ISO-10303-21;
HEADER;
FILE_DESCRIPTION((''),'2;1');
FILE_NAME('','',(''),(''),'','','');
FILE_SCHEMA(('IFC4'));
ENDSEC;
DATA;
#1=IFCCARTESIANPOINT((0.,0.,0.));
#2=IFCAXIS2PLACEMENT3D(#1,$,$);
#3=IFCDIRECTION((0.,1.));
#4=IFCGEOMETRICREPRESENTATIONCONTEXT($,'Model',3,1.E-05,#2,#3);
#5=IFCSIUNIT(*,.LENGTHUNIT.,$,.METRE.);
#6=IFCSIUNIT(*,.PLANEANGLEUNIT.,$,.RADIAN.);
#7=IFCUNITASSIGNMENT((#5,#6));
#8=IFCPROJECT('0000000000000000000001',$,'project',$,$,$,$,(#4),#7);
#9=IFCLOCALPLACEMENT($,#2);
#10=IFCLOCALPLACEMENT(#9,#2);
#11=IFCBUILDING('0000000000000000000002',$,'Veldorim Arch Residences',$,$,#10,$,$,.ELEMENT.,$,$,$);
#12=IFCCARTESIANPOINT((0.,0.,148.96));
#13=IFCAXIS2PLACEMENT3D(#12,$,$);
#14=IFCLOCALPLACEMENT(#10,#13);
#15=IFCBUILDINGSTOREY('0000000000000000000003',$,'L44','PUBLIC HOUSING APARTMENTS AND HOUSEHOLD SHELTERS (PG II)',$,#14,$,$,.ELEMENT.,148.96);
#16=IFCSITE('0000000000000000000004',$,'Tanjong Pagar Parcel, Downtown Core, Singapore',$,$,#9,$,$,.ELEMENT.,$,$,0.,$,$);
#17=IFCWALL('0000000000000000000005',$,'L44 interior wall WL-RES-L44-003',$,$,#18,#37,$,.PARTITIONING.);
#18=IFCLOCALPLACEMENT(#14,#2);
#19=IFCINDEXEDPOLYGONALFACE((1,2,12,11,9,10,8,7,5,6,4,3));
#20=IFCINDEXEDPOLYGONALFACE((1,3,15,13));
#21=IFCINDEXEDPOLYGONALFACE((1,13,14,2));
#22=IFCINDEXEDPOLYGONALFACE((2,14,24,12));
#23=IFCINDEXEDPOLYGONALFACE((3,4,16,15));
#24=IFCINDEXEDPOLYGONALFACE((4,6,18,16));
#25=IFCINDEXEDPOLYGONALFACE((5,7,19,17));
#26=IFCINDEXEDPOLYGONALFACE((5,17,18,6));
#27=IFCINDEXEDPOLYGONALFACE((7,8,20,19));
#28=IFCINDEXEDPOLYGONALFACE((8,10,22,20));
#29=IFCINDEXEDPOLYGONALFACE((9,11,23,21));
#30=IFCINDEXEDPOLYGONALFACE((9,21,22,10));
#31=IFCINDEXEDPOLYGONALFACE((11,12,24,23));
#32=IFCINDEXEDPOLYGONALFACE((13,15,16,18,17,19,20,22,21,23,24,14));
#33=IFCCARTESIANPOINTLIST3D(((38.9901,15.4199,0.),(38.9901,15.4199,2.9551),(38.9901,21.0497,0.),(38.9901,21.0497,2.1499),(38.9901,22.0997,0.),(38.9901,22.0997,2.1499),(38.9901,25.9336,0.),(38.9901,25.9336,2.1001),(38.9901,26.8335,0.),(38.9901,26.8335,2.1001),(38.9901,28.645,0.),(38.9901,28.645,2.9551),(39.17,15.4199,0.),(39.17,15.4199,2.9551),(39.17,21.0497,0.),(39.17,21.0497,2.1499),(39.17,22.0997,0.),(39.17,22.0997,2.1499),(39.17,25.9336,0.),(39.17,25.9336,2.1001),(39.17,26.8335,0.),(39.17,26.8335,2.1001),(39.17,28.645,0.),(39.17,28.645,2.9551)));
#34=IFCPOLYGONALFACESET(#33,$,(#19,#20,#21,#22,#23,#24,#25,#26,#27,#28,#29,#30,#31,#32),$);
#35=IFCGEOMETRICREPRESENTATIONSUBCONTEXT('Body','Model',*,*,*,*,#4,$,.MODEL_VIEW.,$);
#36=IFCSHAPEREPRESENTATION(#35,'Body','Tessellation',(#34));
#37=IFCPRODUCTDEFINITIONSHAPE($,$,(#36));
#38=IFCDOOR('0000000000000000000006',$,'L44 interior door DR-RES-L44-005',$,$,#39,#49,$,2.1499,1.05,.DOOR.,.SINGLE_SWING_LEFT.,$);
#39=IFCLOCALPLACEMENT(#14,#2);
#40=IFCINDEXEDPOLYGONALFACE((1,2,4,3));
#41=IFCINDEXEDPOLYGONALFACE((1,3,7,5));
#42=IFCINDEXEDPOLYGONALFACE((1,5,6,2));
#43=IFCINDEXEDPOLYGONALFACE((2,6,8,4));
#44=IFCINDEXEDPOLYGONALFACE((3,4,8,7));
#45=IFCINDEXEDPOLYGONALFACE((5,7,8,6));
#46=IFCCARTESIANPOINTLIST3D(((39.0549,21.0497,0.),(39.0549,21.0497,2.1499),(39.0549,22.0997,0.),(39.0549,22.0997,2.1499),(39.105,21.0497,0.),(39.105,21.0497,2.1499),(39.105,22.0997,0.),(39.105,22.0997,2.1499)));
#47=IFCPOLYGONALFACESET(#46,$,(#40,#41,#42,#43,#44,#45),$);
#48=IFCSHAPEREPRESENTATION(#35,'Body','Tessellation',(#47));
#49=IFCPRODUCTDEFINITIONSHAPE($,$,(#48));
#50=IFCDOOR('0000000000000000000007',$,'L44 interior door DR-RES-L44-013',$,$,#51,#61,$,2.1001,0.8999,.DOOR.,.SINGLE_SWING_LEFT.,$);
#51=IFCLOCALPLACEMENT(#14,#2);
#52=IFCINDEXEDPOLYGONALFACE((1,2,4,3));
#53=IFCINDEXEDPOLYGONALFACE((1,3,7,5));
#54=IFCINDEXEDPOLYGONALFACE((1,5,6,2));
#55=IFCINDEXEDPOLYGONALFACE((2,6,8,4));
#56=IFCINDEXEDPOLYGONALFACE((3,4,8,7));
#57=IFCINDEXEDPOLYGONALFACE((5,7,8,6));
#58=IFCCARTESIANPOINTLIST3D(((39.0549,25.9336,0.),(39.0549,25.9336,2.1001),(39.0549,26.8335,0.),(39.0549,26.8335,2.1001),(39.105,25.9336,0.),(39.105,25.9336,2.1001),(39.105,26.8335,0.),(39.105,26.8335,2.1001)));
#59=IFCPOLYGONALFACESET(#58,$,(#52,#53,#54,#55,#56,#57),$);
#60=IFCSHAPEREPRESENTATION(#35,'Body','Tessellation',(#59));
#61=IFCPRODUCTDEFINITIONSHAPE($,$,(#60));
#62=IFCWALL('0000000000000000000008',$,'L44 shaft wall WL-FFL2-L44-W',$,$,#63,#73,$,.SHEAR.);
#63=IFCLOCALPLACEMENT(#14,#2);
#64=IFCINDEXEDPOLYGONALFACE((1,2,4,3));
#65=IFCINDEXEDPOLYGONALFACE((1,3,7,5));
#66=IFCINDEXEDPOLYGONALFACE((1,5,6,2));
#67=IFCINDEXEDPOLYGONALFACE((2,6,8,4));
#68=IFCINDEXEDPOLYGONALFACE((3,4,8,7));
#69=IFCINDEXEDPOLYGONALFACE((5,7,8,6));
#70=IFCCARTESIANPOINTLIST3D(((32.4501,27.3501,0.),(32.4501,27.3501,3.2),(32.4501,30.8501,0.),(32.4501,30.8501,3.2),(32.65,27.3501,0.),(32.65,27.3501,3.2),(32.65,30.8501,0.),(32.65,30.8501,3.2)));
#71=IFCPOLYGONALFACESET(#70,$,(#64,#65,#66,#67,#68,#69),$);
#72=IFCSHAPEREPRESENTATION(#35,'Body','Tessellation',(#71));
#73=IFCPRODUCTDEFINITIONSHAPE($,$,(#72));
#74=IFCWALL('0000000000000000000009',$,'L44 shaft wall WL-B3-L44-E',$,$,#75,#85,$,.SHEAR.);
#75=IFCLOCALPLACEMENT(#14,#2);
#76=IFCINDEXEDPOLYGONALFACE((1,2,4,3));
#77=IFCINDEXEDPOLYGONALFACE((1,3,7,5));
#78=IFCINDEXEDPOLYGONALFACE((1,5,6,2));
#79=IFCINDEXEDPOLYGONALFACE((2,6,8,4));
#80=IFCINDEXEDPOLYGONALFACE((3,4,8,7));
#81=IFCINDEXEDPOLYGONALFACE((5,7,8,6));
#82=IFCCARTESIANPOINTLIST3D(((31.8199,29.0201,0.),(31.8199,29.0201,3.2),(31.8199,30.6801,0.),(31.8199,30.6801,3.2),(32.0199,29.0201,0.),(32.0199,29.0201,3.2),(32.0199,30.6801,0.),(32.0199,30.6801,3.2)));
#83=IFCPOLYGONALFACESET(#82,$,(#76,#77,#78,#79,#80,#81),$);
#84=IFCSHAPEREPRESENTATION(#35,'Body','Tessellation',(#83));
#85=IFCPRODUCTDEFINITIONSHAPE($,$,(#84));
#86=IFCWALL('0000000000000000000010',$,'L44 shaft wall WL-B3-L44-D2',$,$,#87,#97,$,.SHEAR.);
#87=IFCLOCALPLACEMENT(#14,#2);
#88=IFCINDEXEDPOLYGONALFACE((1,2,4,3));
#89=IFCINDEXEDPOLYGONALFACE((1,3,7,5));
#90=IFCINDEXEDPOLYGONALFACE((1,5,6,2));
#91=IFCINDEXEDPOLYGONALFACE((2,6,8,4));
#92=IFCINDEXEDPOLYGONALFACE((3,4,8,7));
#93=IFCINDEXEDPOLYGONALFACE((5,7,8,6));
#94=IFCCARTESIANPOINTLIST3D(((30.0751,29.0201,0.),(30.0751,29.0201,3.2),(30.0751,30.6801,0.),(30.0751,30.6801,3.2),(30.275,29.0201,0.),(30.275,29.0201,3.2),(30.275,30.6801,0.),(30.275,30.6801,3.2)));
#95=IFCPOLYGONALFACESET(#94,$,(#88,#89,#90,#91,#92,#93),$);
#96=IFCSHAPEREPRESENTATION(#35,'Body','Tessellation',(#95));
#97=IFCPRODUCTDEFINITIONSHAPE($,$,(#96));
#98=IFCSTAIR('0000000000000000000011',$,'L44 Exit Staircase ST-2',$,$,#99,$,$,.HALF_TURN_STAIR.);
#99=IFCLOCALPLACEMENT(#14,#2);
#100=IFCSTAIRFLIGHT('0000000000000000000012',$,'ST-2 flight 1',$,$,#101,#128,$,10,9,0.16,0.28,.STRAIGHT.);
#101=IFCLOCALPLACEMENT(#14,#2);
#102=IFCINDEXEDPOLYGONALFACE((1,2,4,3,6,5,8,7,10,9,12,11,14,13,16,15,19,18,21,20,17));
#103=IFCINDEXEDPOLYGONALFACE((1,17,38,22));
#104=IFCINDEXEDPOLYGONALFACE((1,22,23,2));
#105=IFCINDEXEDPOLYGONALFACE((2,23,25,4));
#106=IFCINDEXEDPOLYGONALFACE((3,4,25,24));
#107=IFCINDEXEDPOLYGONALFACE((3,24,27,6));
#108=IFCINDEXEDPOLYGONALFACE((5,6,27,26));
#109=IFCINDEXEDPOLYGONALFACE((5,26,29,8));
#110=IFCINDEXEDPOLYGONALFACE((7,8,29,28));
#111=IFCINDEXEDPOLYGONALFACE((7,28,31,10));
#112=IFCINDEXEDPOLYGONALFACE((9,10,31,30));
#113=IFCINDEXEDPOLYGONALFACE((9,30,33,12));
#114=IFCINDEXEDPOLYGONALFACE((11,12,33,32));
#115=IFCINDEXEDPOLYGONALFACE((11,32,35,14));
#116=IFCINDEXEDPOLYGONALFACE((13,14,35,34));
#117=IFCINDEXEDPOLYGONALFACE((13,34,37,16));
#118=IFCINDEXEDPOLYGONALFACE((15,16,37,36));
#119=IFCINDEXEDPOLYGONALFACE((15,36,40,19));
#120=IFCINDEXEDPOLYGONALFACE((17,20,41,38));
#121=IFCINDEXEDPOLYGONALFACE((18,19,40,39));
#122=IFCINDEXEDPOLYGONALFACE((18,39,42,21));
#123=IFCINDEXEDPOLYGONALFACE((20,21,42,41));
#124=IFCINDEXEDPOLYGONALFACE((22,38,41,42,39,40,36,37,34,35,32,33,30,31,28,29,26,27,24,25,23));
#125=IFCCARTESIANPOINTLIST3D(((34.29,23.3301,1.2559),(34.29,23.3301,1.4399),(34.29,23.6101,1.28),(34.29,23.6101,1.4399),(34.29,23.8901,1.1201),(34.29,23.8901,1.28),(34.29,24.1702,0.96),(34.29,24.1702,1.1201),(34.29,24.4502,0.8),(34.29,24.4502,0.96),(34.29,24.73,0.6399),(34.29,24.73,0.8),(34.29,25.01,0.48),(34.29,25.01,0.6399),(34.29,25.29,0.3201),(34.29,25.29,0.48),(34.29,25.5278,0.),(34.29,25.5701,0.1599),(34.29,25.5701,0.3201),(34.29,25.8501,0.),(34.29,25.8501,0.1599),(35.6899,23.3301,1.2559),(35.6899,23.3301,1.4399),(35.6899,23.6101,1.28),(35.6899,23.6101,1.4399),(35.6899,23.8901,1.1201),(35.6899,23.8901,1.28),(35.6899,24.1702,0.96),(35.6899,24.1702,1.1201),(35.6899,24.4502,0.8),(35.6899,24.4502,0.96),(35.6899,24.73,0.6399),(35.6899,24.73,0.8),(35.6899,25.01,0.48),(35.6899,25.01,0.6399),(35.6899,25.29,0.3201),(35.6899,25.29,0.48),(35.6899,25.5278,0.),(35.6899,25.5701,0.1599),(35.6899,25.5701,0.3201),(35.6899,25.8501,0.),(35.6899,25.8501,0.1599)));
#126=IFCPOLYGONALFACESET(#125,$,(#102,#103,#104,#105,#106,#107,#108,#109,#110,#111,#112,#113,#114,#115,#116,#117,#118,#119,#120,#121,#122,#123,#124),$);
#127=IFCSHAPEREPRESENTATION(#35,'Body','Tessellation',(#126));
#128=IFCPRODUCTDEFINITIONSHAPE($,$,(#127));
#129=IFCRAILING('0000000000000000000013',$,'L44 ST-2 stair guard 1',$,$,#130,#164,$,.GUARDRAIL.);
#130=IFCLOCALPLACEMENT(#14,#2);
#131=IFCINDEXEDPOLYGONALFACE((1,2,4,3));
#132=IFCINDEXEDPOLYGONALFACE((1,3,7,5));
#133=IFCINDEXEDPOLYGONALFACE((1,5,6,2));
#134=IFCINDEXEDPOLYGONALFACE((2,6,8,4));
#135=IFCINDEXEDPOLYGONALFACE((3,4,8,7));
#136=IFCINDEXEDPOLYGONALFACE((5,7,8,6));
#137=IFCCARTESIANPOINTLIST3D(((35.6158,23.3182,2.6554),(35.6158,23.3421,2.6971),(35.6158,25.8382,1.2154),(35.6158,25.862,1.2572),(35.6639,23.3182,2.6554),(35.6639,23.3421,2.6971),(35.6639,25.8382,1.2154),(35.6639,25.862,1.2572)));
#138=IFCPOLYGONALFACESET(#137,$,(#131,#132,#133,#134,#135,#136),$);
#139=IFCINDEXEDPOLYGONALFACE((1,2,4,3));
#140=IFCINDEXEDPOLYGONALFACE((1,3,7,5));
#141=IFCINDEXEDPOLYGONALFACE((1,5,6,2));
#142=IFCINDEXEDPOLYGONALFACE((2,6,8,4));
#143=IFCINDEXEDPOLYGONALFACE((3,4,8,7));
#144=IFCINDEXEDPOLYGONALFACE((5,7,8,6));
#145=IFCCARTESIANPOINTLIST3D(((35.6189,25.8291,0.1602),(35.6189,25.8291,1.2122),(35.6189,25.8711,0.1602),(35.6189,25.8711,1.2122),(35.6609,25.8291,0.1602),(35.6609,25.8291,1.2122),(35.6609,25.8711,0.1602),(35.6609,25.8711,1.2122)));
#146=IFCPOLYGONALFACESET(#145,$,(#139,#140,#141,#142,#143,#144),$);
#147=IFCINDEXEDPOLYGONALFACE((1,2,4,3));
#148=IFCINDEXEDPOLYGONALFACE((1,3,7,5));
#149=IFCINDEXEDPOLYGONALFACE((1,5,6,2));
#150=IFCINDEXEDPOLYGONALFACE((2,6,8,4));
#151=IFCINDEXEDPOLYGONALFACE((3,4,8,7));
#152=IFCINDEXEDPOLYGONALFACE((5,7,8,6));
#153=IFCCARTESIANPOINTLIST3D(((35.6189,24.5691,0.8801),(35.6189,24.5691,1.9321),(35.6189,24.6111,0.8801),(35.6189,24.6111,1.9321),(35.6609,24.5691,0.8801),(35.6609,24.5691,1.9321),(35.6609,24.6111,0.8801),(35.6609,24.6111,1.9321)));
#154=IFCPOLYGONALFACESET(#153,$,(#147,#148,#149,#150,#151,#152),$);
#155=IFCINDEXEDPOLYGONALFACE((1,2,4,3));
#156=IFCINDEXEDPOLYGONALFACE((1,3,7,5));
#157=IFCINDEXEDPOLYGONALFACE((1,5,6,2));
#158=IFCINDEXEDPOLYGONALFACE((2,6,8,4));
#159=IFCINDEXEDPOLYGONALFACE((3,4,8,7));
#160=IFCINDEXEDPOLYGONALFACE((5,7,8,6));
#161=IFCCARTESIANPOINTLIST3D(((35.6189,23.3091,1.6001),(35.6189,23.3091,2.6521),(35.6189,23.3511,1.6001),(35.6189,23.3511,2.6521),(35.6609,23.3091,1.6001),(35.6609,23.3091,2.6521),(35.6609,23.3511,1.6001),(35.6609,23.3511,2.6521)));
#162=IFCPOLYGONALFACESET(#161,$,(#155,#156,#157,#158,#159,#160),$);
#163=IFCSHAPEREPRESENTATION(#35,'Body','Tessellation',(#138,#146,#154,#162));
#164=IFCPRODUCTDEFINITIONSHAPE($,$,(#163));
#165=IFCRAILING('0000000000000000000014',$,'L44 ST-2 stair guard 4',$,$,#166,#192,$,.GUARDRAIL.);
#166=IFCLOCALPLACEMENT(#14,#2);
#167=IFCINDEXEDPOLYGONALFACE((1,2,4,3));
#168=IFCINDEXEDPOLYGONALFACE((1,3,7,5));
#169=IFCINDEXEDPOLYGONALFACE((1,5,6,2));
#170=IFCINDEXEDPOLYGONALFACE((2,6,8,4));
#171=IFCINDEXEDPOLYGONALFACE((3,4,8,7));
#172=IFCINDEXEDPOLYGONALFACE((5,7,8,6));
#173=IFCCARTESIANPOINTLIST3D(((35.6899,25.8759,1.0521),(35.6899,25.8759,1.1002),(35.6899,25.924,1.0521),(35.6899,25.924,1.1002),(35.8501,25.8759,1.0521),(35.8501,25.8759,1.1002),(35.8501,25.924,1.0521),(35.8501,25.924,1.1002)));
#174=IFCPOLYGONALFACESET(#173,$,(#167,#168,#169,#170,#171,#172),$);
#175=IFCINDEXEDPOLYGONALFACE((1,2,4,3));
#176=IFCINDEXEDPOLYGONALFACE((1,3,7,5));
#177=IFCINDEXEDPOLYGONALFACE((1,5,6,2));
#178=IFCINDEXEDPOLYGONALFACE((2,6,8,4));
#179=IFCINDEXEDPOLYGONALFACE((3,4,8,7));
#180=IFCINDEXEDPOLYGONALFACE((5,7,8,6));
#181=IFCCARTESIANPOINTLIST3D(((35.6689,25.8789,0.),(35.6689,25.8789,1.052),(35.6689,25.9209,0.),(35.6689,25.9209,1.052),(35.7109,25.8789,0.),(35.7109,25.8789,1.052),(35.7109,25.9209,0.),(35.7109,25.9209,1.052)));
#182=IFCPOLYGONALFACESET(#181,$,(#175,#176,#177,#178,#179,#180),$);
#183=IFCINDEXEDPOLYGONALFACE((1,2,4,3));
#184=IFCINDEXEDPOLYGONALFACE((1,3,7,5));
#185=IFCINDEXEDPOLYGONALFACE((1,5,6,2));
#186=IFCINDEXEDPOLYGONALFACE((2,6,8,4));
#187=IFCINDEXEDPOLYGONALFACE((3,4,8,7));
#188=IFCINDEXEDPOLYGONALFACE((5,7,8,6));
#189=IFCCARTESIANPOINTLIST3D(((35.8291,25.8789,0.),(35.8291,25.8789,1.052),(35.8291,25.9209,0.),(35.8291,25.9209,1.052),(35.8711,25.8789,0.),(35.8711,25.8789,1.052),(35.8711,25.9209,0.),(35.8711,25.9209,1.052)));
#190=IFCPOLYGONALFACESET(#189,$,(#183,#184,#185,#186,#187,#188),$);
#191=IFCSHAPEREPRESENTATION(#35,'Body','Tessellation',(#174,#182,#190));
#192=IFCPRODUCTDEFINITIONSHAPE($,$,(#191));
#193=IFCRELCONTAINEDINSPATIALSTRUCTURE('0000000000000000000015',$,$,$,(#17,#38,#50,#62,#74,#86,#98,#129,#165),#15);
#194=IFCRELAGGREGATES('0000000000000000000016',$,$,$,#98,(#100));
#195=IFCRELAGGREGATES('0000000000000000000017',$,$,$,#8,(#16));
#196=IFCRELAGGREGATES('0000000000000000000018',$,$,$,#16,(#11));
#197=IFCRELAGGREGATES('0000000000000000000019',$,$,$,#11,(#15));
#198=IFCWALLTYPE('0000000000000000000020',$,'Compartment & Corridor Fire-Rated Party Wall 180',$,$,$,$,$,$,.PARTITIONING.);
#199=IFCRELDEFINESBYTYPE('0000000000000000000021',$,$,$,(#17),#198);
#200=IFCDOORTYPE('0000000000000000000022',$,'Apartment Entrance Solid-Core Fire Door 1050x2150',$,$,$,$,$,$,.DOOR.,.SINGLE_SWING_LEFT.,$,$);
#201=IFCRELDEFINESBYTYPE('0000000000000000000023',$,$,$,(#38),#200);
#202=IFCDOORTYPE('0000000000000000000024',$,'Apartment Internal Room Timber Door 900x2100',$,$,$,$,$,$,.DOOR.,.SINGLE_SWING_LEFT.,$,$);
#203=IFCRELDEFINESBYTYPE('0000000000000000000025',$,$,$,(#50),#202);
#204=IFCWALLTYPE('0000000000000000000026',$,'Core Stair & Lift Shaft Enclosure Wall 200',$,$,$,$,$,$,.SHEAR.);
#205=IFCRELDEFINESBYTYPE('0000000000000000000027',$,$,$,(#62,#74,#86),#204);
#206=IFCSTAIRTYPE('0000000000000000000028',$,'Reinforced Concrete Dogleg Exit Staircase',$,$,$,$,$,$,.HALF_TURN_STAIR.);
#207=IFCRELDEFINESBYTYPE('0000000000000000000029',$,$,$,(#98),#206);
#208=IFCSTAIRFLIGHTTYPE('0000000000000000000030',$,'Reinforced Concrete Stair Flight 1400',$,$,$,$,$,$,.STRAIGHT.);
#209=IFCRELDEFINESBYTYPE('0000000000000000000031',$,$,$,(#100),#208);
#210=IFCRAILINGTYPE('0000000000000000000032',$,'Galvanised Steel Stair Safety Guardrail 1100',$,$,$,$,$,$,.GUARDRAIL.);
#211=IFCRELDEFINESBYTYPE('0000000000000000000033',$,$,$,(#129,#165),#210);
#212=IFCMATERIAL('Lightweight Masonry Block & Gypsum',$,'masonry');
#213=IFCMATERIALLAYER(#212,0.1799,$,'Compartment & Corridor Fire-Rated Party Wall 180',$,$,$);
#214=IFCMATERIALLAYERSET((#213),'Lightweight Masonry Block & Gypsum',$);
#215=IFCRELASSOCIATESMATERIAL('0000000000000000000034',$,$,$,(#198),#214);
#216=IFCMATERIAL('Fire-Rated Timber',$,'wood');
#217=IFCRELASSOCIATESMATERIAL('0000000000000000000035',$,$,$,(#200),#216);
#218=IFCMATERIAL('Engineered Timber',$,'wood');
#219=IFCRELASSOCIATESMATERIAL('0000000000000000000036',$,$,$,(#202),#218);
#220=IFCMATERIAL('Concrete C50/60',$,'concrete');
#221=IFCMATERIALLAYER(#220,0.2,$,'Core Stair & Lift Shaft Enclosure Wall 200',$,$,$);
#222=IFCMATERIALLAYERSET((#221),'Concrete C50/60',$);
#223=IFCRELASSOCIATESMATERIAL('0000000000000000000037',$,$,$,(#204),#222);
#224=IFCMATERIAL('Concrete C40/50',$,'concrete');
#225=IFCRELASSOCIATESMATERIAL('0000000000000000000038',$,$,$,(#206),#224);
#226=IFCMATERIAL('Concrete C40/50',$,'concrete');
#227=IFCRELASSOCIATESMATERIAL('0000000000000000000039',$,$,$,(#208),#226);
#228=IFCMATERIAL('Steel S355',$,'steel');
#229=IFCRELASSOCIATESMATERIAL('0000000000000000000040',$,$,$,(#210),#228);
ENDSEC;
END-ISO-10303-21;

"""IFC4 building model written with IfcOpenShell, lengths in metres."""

from ifc_helpers import new_model, si_unit, direction, frame, frame_2d, origin, origin_2d, place, context, subcontext, project, spatial, polyline, rectangle, outline, extrude, material, layer, layer_set, type_object, element, fill, aggregate, save


model = new_model("IFC4")

# Units and contexts
model_context = context("Model", 3, precision=1e-05, world=origin(), true_north=direction((0.0, 1.0)))
body_context = subcontext(model_context, "Body", "Model", "MODEL_VIEW")
ifc_project = project(units=[si_unit("LENGTHUNIT", "METRE"), si_unit("PLANEANGLEUNIT", "RADIAN")], contexts=[model_context])

# Site, building, storey
site_placement = place(None, origin())
site = spatial("IfcSite", under=ifc_project, at=site_placement, Name="Tanjong Pagar Parcel, Downtown Core, Singapore", CompositionType="ELEMENT", RefElevation=0.0)
building_placement = place(site_placement, origin())
building = spatial("IfcBuilding", under=site, at=building_placement, Name="Veldorim Arch Residences", CompositionType="ELEMENT")
storey_placement = place(building_placement, frame((0.0, 0.0, 148.96)))
storey = spatial("IfcBuildingStorey", under=building, at=storey_placement, Name="L44", Description="PUBLIC HOUSING APARTMENTS AND HOUSEHOLD SHELTERS (PG II)", CompositionType="ELEMENT", Elevation=148.96)

# Wall, openings, doors
ifc_material_1 = material(Name="Lightweight Masonry Block & Gypsum", Category="masonry")
ifc_layer_1 = layer(ifc_material_1, 0.1799, Name="Compartment & Corridor Fire-Rated Party Wall 180")
ifc_layer_set_1 = layer_set([ifc_layer_1], Name="Lightweight Masonry Block & Gypsum")
wall_type_1 = type_object("IfcWallType", Name="Compartment & Corridor Fire-Rated Party Wall 180", PredefinedType="PARTITIONING", material=ifc_layer_set_1)
wall_1_placement = place(storey_placement, frame((39.0801, 28.645, 0.0), z_axis=(0.0, 0.0, 1.0), x_axis=(0.0, -1.0, 0.0)))
wall_1 = element("IfcWall", 1, at=wall_1_placement, inside=storey, type_object=wall_type_1, Name="L44 interior wall WL-RES-L44-003", PredefinedType="PARTITIONING", context=body_context, shape_type="SweptSolid", body=[
    extrude(rectangle(XDim=13.2251, YDim=0.1799, at=frame_2d((6.6125, 0.0))), origin(), (0.0, 0.0, 1.0), 2.9551),
])
opening_1_placement = place(wall_1_placement, frame((6.5454, 0.0, 0.0)))
opening_1 = element("IfcOpeningElement", 2, at=opening_1_placement, cuts=wall_1, PredefinedType="OPENING", context=body_context, shape_type="SweptSolid", body=[
    extrude(rectangle(XDim=1.05, YDim=2.1499, at=frame_2d((0.5249, 1.075))), frame((0.0, 0.0999, 0.0), z_axis=(0.0, -1.0, 0.0), x_axis=(1.0, 0.0, 0.0)), (0.0, 0.0, 1.0), 0.2),
])
opening_2_placement = place(wall_1_placement, frame((1.8115, 0.0, 0.0)))
opening_2 = element("IfcOpeningElement", 3, at=opening_2_placement, cuts=wall_1, PredefinedType="OPENING", context=body_context, shape_type="SweptSolid", body=[
    extrude(rectangle(XDim=0.8999, YDim=2.1001, at=frame_2d((0.45, 1.05))), frame((0.0, 0.0999, 0.0), z_axis=(0.0, -1.0, 0.0), x_axis=(1.0, 0.0, 0.0)), (0.0, 0.0, 1.0), 0.2),
])
ifc_material_2 = material(Name="Fire-Rated Timber", Category="wood")
door_type_1 = type_object("IfcDoorType", Name="Apartment Entrance Solid-Core Fire Door 1050x2150", OperationType="SINGLE_SWING_LEFT", PredefinedType="DOOR", material=ifc_material_2)
door_1_placement = place(opening_1_placement, origin())
door_1 = element("IfcDoor", 4, at=door_1_placement, inside=storey, type_object=door_type_1, Name="L44 interior door DR-RES-L44-005", OperationType="SINGLE_SWING_LEFT", OverallHeight=2.1499, OverallWidth=1.05, PredefinedType="DOOR", context=body_context, shape_type="SweptSolid", body=[
    extrude(rectangle(XDim=1.05, YDim=2.1499, at=frame_2d((0.5249, 1.075))), frame((0.0, 0.0249, 0.0), z_axis=(0.0, -1.0, 0.0), x_axis=(1.0, 0.0, 0.0)), (0.0, 0.0, 1.0), 0.05),
])
fill(opening_1, door_1)
ifc_material_3 = material(Name="Engineered Timber", Category="wood")
door_type_2 = type_object("IfcDoorType", Name="Apartment Internal Room Timber Door 900x2100", OperationType="SINGLE_SWING_LEFT", PredefinedType="DOOR", material=ifc_material_3)
door_2_placement = place(opening_2_placement, origin())
door_2 = element("IfcDoor", 5, at=door_2_placement, inside=storey, type_object=door_type_2, Name="L44 interior door DR-RES-L44-013", OperationType="SINGLE_SWING_LEFT", OverallHeight=2.1001, OverallWidth=0.8999, PredefinedType="DOOR", context=body_context, shape_type="SweptSolid", body=[
    extrude(rectangle(XDim=0.8999, YDim=2.1001, at=frame_2d((0.45, 1.05))), frame((0.0, 0.0249, 0.0), z_axis=(0.0, -1.0, 0.0), x_axis=(1.0, 0.0, 0.0)), (0.0, 0.0, 1.0), 0.05),
])
fill(opening_2, door_2)

# Shared definitions
ifc_material_4 = material(Name="Concrete C50/60", Category="concrete")
ifc_layer_2 = layer(ifc_material_4, 0.2, Name="Core Stair & Lift Shaft Enclosure Wall 200")
ifc_layer_set_2 = layer_set([ifc_layer_2], Name="Concrete C50/60")
wall_type_2 = type_object("IfcWallType", Name="Core Stair & Lift Shaft Enclosure Wall 200", PredefinedType="SHEAR", material=ifc_layer_set_2)

# Wall
wall_2_placement = place(storey_placement, frame((32.55, 27.3501, 0.0), z_axis=(0.0, 0.0, 1.0), x_axis=(0.0, 1.0, 0.0)))
element("IfcWall", 6, at=wall_2_placement, inside=storey, type_object=wall_type_2, Name="L44 shaft wall WL-FFL2-L44-W", PredefinedType="SHEAR", context=body_context, shape_type="SweptSolid", body=[
    extrude(rectangle(XDim=3.5, YDim=0.2, at=frame_2d((1.75, 0.0))), origin(), (0.0, 0.0, 1.0), 3.2),
])

# Walls
for number, where, z_axis, x_axis, name in (
    (7, (31.9199, 29.02, 0.0), (0.0, 0.0, 1.0), (0.0, 1.0, 0.0), "L44 shaft wall WL-B3-L44-E"),
    (8, (30.175, 29.02, 0.0), (0.0, 0.0, 1.0), (0.0, 1.0, 0.0), "L44 shaft wall WL-B3-L44-D2"),
):
    element("IfcWall", number, at=place(storey_placement, frame(where, z_axis=z_axis, x_axis=x_axis)), inside=storey, type_object=wall_type_2, Name=name, PredefinedType="SHEAR", context=body_context, shape_type="SweptSolid", body=[
        extrude(rectangle(XDim=1.6599, YDim=0.2, at=frame_2d((0.8301, 0.0))), origin(), (0.0, 0.0, 1.0), 3.2),
    ])

# Stair, stair flight
ifc_material_5 = material(Name="Concrete C40/50", Category="concrete")
stair_type = type_object("IfcStairType", Name="Reinforced Concrete Dogleg Exit Staircase", PredefinedType="HALF_TURN_STAIR", material=ifc_material_5)
stair_placement = place(storey_placement, origin())
stair = element("IfcStair", 9, at=stair_placement, inside=storey, type_object=stair_type, Name="L44 Exit Staircase ST-2", PredefinedType="HALF_TURN_STAIR")
ifc_material_6 = material(Name="Concrete C40/50", Category="concrete")
stair_flight_type = type_object("IfcStairFlightType", Name="Reinforced Concrete Stair Flight 1400", PredefinedType="STRAIGHT", material=ifc_material_6)
stair_flight_placement = place(storey_placement, frame((34.99, 25.8501, 0.0), z_axis=(0.0, 0.0, 1.0), x_axis=(0.0, -1.0, 0.0)))
stair_flight = element("IfcStairFlight", 10, at=stair_flight_placement, type_object=stair_flight_type, Name="ST-2 flight 1", NumberOfRisers=10, NumberOfTreads=9, PredefinedType="STRAIGHT", RiserHeight=0.16, TreadLength=0.28, context=body_context, shape_type="SweptSolid", body=[
    extrude(outline(polyline([(0.0, 0.0), (0.0, 0.1599), (0.28, 0.1599), (0.28, 0.3201), (0.5601, 0.3201), (0.5601, 0.48), (0.8401, 0.48), (0.8401, 0.6399), (1.1201, 0.6399), (1.1201, 0.8), (1.3999, 0.8), (1.3999, 0.96), (1.6799, 0.96), (1.6799, 1.1201), (1.96, 1.1201), (1.96, 1.28), (2.24, 1.28), (2.24, 1.4399), (2.52, 1.4399), (2.52, 1.6001), (2.52, 1.2559), (0.3223, 0.0), (0.0, 0.0)])), frame((0.0, 0.7, 0.0), z_axis=(0.0, -1.0, 0.0), x_axis=(1.0, 0.0, 0.0)), (0.0, 0.0, 1.0), 1.3999),
])
aggregate(stair, [stair_flight])

# Railings
ifc_material_7 = material(Name="Steel S355", Category="steel")
railing_type_1 = type_object("IfcRailingType", Name="Galvanised Steel Stair Safety Guardrail 1100", PredefinedType="GUARDRAIL", material=ifc_material_7)
railing_1_placement = place(storey_placement, frame((35.6399, 25.8501, 0.1602)))
element("IfcRailing", 11, at=railing_1_placement, inside=storey, type_object=railing_type_1, Name="L44 ST-2 stair guard 1", PredefinedType="GUARDRAIL", context=body_context, shape_type="SweptSolid", body=[
    extrude(rectangle(XDim=0.0481, YDim=0.0481, at=origin_2d()), frame((0.0, 0.0, 1.0762), z_axis=(0.0, -0.868253, 0.496121), x_axis=(1.0, 0.0, 0.0)), (0.0, 0.0, 1.0), 2.9023),
    extrude(rectangle(XDim=0.042, YDim=0.042, at=origin_2d()), origin(), (0.0, 0.0, 1.0), 1.052),
    extrude(rectangle(XDim=0.042, YDim=0.042, at=origin_2d()), frame((0.0, -1.26, 0.72)), (0.0, 0.0, 1.0), 1.052),
    extrude(rectangle(XDim=0.042, YDim=0.042, at=origin_2d()), frame((0.0, -2.52, 1.4399)), (0.0, 0.0, 1.0), 1.052),
])
railing_2_placement = place(storey_placement, frame((35.6899, 25.8999, 0.0)))
element("IfcRailing", 12, at=railing_2_placement, inside=storey, type_object=railing_type_1, Name="L44 ST-2 stair guard 4", PredefinedType="GUARDRAIL", context=body_context, shape_type="SweptSolid", body=[
    extrude(rectangle(XDim=0.0481, YDim=0.0481, at=origin_2d()), frame((0.0, 0.0, 1.0762), z_axis=(1.0, 0.0, 0.0), x_axis=(0.0, 1.0, 0.0)), (0.0, 0.0, 1.0), 0.1602),
    extrude(rectangle(XDim=0.042, YDim=0.042, at=origin_2d()), origin(), (0.0, 0.0, 1.0), 1.052),
    extrude(rectangle(XDim=0.042, YDim=0.042, at=origin_2d()), frame((0.1602, 0.0, 0.0)), (0.0, 0.0, 1.0), 1.052),
])

save(model, "model.ifc")
